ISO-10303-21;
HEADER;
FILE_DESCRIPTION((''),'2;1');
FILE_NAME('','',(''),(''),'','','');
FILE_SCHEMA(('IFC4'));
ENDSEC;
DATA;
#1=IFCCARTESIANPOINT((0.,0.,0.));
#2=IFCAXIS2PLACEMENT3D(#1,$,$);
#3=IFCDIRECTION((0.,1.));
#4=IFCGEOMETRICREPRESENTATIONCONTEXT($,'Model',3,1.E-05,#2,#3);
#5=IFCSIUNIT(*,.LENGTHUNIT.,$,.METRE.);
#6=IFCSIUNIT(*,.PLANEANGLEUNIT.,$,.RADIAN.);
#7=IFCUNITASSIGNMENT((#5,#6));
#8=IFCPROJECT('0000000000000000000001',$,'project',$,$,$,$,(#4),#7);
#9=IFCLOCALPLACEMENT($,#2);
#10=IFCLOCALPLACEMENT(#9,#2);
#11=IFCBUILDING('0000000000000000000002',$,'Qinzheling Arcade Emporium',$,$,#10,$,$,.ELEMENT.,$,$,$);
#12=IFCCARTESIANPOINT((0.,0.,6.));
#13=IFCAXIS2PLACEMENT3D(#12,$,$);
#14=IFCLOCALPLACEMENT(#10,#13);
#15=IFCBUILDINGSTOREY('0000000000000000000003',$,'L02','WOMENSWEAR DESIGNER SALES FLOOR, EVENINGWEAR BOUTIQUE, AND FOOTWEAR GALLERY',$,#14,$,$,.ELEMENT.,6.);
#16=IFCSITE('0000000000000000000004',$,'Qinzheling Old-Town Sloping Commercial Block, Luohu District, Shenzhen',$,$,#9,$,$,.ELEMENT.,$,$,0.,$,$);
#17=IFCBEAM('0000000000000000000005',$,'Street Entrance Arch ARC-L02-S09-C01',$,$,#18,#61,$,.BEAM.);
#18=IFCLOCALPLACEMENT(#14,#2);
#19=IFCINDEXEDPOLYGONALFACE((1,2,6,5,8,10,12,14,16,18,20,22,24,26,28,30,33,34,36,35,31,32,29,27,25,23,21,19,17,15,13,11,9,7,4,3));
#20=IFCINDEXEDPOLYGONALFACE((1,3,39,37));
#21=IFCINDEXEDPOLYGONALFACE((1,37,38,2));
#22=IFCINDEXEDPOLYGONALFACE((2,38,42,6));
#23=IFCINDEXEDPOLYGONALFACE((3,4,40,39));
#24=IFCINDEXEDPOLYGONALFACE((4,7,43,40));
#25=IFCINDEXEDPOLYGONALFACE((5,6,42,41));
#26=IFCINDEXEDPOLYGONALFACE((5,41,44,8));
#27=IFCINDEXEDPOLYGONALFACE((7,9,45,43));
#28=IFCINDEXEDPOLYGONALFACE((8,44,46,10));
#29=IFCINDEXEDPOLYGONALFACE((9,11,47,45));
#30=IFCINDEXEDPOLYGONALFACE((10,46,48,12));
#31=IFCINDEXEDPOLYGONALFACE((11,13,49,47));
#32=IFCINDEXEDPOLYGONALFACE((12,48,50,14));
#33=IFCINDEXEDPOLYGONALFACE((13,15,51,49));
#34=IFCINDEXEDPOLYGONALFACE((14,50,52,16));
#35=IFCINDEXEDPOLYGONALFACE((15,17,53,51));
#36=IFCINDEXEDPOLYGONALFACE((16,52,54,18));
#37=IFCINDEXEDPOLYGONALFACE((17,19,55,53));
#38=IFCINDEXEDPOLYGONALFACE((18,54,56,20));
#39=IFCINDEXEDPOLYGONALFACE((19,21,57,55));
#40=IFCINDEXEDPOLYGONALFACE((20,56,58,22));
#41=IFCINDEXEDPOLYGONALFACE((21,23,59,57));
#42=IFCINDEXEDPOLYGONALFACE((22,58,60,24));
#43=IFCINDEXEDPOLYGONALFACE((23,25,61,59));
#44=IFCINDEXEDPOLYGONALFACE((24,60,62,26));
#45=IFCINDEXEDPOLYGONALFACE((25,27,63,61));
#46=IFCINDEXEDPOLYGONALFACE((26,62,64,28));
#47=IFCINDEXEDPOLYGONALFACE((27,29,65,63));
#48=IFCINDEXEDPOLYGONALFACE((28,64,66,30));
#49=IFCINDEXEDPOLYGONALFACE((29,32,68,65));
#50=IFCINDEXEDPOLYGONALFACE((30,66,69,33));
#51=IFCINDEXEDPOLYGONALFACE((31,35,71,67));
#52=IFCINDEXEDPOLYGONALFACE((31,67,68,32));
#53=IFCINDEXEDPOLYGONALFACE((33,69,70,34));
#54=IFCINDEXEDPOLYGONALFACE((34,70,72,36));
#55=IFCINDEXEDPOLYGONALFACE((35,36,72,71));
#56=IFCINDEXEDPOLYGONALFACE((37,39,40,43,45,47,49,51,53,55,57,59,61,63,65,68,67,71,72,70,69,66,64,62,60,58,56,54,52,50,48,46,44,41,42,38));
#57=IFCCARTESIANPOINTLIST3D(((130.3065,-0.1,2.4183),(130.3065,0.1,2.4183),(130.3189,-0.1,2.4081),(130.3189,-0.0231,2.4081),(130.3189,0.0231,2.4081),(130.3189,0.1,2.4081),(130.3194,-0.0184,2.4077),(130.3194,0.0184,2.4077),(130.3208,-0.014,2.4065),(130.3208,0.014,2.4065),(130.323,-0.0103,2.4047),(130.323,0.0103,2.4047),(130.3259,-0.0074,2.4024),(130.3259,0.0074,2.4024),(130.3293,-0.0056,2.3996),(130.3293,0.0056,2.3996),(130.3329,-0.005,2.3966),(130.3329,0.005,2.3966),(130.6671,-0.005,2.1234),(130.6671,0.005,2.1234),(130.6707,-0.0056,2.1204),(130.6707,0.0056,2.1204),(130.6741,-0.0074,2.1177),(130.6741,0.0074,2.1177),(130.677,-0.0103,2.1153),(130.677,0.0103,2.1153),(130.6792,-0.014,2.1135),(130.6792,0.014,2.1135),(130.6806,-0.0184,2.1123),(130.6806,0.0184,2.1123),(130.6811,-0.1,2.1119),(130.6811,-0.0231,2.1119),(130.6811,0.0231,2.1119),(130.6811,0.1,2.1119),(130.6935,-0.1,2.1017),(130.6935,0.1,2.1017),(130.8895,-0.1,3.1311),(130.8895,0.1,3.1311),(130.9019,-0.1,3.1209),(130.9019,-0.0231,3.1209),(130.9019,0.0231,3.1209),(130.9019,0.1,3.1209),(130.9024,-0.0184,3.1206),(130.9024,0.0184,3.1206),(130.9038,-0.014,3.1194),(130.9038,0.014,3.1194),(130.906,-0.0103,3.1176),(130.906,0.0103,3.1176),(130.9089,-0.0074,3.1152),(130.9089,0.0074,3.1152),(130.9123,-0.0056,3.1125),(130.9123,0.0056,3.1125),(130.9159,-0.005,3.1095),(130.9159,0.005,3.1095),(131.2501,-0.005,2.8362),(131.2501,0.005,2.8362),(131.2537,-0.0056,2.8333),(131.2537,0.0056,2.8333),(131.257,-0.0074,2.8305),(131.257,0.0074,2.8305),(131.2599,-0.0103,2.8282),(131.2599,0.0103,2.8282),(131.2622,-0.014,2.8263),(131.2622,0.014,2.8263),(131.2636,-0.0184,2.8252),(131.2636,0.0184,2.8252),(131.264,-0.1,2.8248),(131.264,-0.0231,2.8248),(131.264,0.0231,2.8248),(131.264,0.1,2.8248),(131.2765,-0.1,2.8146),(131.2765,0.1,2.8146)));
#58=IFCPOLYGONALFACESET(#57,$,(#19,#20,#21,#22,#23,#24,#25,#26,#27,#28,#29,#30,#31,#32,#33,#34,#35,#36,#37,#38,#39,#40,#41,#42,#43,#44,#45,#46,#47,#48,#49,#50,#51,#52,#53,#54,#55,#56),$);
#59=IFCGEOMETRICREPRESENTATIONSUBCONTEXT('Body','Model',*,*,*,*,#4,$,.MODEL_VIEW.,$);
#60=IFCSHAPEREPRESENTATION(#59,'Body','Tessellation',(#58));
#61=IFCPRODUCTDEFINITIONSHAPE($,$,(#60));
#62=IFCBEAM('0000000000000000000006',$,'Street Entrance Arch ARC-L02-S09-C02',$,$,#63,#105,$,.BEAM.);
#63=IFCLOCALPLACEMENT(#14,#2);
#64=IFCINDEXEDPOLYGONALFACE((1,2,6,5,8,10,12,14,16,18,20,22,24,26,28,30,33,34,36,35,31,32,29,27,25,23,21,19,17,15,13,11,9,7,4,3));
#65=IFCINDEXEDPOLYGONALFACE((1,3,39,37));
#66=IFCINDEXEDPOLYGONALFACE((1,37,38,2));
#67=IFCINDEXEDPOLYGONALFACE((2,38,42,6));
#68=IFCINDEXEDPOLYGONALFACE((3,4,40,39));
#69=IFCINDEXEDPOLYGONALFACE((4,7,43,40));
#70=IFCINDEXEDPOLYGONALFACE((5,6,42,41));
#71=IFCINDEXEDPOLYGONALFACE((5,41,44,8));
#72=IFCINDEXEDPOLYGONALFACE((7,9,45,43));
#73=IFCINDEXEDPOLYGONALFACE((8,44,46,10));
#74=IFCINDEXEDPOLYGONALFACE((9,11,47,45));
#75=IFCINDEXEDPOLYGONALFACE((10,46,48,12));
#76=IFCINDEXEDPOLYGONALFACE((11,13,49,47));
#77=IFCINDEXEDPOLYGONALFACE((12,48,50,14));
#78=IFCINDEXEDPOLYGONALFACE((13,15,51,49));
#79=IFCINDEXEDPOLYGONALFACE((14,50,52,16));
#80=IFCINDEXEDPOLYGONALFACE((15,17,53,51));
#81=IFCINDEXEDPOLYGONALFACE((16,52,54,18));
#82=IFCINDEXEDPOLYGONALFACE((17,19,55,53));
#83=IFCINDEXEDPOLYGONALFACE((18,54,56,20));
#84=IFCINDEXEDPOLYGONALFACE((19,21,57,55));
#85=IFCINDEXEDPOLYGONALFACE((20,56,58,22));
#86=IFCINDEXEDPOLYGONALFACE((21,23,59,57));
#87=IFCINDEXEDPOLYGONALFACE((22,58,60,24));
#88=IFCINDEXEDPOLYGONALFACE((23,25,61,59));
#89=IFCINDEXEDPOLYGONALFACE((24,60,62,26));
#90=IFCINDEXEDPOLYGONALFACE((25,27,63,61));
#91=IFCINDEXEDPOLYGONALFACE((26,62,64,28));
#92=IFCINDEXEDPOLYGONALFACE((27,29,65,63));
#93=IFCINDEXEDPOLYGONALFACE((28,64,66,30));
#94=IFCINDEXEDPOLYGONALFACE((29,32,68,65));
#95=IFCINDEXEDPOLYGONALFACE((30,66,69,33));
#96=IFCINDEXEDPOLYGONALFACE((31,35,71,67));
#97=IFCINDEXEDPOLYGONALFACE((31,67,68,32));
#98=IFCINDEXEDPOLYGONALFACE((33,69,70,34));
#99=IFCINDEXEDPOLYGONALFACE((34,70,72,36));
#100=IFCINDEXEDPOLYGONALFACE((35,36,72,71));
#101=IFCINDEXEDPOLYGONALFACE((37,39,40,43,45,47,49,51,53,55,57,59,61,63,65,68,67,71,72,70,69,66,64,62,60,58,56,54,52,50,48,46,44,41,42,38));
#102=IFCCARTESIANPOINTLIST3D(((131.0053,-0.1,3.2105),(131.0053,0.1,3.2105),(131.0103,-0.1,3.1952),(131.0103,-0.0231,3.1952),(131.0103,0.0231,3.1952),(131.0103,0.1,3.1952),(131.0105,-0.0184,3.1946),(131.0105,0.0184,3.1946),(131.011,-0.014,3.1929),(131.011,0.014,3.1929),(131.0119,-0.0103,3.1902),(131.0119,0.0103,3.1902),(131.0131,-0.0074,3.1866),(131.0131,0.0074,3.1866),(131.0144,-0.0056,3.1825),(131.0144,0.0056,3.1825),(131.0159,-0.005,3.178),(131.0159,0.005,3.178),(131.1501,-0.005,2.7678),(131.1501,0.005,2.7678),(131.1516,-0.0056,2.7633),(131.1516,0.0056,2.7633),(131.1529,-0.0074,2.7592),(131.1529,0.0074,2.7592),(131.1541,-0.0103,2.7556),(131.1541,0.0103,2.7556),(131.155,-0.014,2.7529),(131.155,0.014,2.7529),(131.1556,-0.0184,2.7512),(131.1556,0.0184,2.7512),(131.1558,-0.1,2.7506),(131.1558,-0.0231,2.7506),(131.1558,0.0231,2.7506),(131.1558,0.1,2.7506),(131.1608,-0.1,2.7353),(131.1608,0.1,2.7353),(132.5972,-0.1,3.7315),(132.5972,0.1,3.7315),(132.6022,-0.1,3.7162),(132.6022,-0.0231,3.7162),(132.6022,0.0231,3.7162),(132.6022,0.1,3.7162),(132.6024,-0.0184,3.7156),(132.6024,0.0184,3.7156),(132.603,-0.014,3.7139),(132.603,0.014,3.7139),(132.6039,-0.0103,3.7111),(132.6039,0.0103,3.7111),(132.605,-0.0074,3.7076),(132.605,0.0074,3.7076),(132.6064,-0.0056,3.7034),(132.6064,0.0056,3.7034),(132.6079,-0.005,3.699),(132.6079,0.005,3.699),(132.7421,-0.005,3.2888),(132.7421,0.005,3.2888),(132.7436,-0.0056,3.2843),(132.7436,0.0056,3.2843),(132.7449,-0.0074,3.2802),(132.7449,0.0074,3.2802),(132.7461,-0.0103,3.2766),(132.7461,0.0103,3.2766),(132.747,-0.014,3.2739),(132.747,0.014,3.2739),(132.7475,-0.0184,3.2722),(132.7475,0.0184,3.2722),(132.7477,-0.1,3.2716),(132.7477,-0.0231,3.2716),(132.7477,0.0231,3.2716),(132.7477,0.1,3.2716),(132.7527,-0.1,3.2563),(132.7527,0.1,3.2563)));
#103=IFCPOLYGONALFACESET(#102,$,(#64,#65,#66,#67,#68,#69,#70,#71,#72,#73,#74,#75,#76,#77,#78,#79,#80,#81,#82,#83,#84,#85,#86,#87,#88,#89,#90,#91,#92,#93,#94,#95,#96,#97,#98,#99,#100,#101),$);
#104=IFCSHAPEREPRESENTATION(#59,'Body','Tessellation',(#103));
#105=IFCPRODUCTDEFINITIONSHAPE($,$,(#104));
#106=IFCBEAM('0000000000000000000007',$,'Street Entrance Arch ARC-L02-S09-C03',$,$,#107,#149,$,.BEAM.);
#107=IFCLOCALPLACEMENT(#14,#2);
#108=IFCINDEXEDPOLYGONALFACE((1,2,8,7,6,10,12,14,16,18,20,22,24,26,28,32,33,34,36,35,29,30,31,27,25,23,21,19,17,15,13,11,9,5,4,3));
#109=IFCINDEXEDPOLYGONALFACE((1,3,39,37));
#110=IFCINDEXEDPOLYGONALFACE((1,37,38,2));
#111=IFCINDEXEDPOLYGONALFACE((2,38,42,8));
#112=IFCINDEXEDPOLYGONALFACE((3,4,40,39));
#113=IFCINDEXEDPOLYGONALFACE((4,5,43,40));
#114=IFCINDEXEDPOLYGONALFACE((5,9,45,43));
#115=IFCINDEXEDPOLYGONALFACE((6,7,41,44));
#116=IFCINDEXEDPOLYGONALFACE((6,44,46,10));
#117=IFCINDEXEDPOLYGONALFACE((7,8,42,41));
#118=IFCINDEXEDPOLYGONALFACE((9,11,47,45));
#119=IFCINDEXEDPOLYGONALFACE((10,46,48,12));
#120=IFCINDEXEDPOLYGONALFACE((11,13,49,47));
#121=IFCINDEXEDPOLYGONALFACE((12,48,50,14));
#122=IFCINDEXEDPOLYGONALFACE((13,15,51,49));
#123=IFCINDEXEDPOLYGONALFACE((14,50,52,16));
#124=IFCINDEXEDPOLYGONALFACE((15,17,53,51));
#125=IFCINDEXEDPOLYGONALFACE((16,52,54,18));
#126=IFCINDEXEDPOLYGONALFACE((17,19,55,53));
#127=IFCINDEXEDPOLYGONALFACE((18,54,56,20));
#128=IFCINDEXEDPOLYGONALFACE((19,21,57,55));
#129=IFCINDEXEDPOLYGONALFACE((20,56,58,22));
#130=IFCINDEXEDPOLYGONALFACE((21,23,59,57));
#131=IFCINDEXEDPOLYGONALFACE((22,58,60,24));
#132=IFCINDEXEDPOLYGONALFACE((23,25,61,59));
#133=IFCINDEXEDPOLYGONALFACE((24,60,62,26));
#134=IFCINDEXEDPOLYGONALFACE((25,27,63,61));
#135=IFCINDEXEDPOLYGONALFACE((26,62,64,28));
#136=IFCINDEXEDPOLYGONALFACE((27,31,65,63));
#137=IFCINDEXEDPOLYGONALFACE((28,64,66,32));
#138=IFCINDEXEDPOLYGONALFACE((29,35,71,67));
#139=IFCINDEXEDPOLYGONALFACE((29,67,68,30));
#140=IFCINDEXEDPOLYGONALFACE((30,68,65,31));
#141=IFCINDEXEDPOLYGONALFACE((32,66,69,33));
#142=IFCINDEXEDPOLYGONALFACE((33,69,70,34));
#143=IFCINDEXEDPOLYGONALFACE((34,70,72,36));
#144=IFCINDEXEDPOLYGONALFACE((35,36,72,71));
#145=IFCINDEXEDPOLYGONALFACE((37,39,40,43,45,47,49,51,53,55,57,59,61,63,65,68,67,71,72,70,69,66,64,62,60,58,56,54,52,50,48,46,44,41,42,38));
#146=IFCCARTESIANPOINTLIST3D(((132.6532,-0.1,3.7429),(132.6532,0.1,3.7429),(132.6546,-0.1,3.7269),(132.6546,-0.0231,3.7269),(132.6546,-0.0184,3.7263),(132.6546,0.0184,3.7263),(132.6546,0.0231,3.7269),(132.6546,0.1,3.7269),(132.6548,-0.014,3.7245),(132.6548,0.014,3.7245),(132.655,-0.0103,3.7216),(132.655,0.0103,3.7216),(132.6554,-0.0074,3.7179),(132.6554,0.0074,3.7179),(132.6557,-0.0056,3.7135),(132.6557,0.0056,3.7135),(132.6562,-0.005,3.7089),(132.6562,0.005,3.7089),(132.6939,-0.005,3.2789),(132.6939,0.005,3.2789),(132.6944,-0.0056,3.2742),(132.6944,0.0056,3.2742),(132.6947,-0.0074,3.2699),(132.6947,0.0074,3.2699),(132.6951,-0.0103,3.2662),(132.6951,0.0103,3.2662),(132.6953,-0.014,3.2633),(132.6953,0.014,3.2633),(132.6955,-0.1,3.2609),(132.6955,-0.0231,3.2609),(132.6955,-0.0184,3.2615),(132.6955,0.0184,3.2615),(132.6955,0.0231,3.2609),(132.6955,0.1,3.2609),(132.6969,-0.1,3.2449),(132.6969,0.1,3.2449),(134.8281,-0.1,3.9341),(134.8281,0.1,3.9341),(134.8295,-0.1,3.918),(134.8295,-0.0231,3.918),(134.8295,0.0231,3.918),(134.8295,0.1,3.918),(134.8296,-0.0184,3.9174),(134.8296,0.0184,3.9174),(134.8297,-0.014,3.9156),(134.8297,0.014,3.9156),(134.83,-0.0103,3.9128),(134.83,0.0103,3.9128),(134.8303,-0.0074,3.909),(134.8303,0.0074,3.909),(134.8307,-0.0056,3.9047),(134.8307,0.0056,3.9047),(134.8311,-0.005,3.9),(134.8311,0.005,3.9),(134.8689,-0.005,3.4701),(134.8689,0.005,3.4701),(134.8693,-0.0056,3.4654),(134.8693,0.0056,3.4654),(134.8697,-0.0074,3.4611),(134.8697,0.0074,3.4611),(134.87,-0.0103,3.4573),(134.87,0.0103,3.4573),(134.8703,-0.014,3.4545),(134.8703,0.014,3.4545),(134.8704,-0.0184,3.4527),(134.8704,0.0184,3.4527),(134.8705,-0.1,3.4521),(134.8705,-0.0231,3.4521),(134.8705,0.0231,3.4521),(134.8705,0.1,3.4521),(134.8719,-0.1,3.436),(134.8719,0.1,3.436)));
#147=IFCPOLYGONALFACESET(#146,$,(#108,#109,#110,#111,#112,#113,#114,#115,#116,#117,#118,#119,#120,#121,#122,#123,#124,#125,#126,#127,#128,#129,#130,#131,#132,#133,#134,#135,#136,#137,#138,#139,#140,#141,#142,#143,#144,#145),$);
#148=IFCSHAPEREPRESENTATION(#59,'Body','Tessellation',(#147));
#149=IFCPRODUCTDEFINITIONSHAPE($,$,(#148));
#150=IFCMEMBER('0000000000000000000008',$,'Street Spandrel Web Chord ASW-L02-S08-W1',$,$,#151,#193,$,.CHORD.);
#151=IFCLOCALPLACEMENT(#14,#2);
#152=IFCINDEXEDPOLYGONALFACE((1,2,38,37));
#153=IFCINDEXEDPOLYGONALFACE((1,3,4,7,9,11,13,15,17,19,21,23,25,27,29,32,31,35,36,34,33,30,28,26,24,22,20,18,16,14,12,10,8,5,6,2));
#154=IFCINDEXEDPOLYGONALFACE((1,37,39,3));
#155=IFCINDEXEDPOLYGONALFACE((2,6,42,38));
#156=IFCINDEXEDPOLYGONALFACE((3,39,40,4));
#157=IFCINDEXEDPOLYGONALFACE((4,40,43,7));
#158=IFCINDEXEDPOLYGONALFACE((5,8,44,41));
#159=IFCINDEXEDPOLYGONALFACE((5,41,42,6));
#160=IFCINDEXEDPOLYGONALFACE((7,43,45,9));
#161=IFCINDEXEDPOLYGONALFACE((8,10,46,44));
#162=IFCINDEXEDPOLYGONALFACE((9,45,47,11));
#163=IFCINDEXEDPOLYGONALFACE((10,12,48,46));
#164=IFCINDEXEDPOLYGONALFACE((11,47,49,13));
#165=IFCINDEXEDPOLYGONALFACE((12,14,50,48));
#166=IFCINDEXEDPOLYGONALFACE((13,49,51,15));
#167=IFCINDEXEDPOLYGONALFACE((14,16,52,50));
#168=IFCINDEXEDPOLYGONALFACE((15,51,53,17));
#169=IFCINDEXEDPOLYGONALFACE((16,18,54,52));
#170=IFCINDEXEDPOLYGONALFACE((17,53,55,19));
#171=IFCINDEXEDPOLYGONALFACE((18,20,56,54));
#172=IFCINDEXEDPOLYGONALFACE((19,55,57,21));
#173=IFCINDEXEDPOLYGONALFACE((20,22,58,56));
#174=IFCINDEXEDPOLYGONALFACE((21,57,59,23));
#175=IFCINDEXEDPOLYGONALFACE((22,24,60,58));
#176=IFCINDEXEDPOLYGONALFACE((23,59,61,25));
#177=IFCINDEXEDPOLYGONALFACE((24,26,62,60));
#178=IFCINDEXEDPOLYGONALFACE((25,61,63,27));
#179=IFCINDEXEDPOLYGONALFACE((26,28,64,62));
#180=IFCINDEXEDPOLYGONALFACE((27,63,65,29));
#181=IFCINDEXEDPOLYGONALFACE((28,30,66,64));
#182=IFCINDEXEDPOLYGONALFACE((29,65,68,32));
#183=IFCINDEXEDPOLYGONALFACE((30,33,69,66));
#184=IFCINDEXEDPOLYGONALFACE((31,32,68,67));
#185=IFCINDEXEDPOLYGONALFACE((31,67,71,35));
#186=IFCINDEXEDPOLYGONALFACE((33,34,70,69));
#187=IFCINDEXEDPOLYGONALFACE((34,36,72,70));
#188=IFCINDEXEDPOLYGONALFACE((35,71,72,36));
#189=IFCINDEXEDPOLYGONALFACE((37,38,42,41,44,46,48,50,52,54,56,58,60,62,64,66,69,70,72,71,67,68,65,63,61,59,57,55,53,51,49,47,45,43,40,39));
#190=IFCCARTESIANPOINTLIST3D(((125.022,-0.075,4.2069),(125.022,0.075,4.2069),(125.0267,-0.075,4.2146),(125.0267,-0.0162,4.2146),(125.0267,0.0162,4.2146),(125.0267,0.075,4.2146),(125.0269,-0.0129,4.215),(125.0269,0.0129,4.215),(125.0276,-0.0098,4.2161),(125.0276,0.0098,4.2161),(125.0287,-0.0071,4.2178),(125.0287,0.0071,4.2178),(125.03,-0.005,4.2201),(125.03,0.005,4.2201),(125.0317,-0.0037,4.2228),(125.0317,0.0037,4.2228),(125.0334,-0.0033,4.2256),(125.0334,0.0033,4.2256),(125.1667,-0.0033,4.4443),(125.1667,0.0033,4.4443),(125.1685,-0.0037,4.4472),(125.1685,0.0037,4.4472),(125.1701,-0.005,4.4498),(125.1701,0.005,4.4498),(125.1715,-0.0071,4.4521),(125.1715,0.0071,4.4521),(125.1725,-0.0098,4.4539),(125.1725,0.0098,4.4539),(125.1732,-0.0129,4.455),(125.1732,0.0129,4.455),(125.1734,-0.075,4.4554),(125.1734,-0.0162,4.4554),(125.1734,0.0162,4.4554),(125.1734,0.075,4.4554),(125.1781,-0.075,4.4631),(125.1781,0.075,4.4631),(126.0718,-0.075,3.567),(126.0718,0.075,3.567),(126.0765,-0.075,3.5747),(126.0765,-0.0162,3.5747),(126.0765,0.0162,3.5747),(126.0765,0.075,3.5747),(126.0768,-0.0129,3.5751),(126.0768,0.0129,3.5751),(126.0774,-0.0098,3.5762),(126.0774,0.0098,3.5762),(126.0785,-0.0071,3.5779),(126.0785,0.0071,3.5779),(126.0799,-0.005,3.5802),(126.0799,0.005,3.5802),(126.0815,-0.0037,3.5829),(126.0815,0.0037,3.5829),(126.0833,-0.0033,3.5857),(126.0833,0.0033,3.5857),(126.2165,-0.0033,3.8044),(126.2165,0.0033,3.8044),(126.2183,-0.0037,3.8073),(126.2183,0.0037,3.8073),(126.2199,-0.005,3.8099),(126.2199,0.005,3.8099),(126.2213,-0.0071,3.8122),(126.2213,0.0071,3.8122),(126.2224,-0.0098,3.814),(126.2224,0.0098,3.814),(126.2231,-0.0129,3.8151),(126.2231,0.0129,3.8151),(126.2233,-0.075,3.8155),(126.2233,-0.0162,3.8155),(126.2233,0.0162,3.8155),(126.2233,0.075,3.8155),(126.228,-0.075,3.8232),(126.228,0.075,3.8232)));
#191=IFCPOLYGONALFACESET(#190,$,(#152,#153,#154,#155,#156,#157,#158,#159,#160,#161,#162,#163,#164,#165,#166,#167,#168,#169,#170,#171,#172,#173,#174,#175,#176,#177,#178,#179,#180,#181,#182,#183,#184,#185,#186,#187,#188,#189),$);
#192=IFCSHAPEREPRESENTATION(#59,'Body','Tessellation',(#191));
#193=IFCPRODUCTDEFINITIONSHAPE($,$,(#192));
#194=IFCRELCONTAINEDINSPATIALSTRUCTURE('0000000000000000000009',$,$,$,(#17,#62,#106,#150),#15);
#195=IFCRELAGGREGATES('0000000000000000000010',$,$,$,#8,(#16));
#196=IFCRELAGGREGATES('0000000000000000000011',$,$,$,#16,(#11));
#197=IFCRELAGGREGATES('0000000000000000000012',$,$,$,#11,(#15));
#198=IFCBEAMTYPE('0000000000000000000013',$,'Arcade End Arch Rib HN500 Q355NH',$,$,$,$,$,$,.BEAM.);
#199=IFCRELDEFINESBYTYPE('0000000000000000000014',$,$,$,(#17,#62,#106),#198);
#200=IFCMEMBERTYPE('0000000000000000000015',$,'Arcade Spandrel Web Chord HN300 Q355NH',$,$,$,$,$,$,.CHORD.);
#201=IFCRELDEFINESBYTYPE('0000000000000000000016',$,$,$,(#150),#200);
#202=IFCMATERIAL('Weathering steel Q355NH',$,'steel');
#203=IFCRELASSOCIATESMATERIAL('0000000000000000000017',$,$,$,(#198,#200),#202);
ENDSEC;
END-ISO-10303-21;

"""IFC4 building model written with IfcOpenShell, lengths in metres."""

from ifc_helpers import new_model, si_unit, direction, frame, origin, origin_2d, place, context, subcontext, project, spatial, i_section, extrude, material, material_profile, profile_set, type_object, element, save


model = new_model("IFC4")

# Units and contexts
model_context = context("Model", 3, precision=1e-05, world=origin(), true_north=direction((0.0, 1.0)))
body_context = subcontext(model_context, "Body", "Model", "MODEL_VIEW")
ifc_project = project(units=[si_unit("LENGTHUNIT", "METRE"), si_unit("PLANEANGLEUNIT", "RADIAN")], contexts=[model_context])

# Site, building, storey
site_placement = place(None, origin())
site = spatial("IfcSite", under=ifc_project, at=site_placement, Name="Qinzheling Old-Town Sloping Commercial Block, Luohu District, Shenzhen", CompositionType="ELEMENT", RefElevation=0.0)
building_placement = place(site_placement, origin())
building = spatial("IfcBuilding", under=site, at=building_placement, Name="Qinzheling Arcade Emporium", CompositionType="ELEMENT")
storey_placement = place(building_placement, frame((0.0, 0.0, 6.0)))
storey = spatial("IfcBuildingStorey", under=building, at=storey_placement, Name="L02", Description="WOMENSWEAR DESIGNER SALES FLOOR, EVENINGWEAR BOUTIQUE, AND FOOTWEAR GALLERY", CompositionType="ELEMENT", Elevation=6.0)

# Beams
ifc_material_1 = material(Name="Weathering steel Q355NH", Category="steel")
ifc_material_profile_1 = material_profile(ifc_material_1, i_section(OverallWidth=0.2, OverallDepth=0.5, WebThickness=0.01, FlangeThickness=0.0161, FilletRadius=0.0181, at=origin_2d()), Name="HN 500x200x10x16", Category="steel")
ifc_profile_set_1 = profile_set([ifc_material_profile_1], Name="Weathering steel Q355NH")
beam_type_1 = type_object("IfcBeamType", Name="Arcade End Arch Rib HN500 Q355NH", PredefinedType="BEAM", material=ifc_profile_set_1)
for number, where, z_axis, x_axis, name in (
    (1, (130.5, 0.0, 2.26), (0.633065, 0.0, 0.774099), (0.0, 1.0, 0.0), "Street Entrance Arch ARC-L02-S09-C01"),
):
    element("IfcBeam", number, at=place(storey_placement, frame(where, z_axis=z_axis, x_axis=x_axis)), inside=storey, type_object=beam_type_1, Name=name, PredefinedType="BEAM", context=body_context, shape_type="SweptSolid", body=[
        extrude(i_section(OverallWidth=0.2, OverallDepth=0.5, WebThickness=0.01, FlangeThickness=0.0161, FilletRadius=0.0181, at=origin_2d()), origin(), (0.0, 0.0, 1.0), 0.9209),
    ])
beam_1_placement = place(storey_placement, frame((131.083, 0.0, 2.9729), z_axis=(0.950403, 0.0, 0.31102), x_axis=(0.0, 1.0, 0.0)))
element("IfcBeam", 2, at=beam_1_placement, inside=storey, type_object=beam_type_1, Name="Street Entrance Arch ARC-L02-S09-C02", PredefinedType="BEAM", context=body_context, shape_type="SweptSolid", body=[
    extrude(i_section(OverallWidth=0.2, OverallDepth=0.5, WebThickness=0.01, FlangeThickness=0.0161, FilletRadius=0.0181, at=origin_2d()), origin(), (0.0, 0.0, 1.0), 1.675),
])
beam_2_placement = place(storey_placement, frame((132.675, 0.0, 3.4939), z_axis=(0.99616, 0.0, 0.087551), x_axis=(0.0, 1.0, 0.0)))
element("IfcBeam", 3, at=beam_2_placement, inside=storey, type_object=beam_type_1, Name="Street Entrance Arch ARC-L02-S09-C03", PredefinedType="BEAM", context=body_context, shape_type="SweptSolid", body=[
    extrude(i_section(OverallWidth=0.2, OverallDepth=0.5, WebThickness=0.01, FlangeThickness=0.0161, FilletRadius=0.0181, at=origin_2d()), origin(), (0.0, 0.0, 1.0), 2.1833),
])

# Member
ifc_material_profile_2 = material_profile(ifc_material_1, i_section(OverallWidth=0.1499, OverallDepth=0.3, WebThickness=0.0066, FlangeThickness=0.009, FilletRadius=0.0129, at=origin_2d()), Name="HN 300x150x6.5x9", Category="steel")
ifc_profile_set_2 = profile_set([ifc_material_profile_2], Name="Weathering steel Q355NH")
member_type_1 = type_object("IfcMemberType", Name="Arcade Spandrel Web Chord HN300 Q355NH", PredefinedType="CHORD", material=ifc_profile_set_2)
member_1_placement = place(storey_placement, frame((126.1499, 0.0, 3.6951), z_axis=(-0.85388, 0.0, 0.52047), x_axis=(0.0, -1.0, 0.0)))
element("IfcMember", 4, at=member_1_placement, inside=storey, type_object=member_type_1, Name="Street Spandrel Web Chord ASW-L02-S08-W1", PredefinedType="CHORD", context=body_context, shape_type="SweptSolid", body=[
    extrude(i_section(OverallWidth=0.1499, OverallDepth=0.3, WebThickness=0.0066, FlangeThickness=0.009, FilletRadius=0.0129, at=origin_2d()), origin(), (0.0, 0.0, 1.0), 1.2295),
])

save(model, "model.ifc")
